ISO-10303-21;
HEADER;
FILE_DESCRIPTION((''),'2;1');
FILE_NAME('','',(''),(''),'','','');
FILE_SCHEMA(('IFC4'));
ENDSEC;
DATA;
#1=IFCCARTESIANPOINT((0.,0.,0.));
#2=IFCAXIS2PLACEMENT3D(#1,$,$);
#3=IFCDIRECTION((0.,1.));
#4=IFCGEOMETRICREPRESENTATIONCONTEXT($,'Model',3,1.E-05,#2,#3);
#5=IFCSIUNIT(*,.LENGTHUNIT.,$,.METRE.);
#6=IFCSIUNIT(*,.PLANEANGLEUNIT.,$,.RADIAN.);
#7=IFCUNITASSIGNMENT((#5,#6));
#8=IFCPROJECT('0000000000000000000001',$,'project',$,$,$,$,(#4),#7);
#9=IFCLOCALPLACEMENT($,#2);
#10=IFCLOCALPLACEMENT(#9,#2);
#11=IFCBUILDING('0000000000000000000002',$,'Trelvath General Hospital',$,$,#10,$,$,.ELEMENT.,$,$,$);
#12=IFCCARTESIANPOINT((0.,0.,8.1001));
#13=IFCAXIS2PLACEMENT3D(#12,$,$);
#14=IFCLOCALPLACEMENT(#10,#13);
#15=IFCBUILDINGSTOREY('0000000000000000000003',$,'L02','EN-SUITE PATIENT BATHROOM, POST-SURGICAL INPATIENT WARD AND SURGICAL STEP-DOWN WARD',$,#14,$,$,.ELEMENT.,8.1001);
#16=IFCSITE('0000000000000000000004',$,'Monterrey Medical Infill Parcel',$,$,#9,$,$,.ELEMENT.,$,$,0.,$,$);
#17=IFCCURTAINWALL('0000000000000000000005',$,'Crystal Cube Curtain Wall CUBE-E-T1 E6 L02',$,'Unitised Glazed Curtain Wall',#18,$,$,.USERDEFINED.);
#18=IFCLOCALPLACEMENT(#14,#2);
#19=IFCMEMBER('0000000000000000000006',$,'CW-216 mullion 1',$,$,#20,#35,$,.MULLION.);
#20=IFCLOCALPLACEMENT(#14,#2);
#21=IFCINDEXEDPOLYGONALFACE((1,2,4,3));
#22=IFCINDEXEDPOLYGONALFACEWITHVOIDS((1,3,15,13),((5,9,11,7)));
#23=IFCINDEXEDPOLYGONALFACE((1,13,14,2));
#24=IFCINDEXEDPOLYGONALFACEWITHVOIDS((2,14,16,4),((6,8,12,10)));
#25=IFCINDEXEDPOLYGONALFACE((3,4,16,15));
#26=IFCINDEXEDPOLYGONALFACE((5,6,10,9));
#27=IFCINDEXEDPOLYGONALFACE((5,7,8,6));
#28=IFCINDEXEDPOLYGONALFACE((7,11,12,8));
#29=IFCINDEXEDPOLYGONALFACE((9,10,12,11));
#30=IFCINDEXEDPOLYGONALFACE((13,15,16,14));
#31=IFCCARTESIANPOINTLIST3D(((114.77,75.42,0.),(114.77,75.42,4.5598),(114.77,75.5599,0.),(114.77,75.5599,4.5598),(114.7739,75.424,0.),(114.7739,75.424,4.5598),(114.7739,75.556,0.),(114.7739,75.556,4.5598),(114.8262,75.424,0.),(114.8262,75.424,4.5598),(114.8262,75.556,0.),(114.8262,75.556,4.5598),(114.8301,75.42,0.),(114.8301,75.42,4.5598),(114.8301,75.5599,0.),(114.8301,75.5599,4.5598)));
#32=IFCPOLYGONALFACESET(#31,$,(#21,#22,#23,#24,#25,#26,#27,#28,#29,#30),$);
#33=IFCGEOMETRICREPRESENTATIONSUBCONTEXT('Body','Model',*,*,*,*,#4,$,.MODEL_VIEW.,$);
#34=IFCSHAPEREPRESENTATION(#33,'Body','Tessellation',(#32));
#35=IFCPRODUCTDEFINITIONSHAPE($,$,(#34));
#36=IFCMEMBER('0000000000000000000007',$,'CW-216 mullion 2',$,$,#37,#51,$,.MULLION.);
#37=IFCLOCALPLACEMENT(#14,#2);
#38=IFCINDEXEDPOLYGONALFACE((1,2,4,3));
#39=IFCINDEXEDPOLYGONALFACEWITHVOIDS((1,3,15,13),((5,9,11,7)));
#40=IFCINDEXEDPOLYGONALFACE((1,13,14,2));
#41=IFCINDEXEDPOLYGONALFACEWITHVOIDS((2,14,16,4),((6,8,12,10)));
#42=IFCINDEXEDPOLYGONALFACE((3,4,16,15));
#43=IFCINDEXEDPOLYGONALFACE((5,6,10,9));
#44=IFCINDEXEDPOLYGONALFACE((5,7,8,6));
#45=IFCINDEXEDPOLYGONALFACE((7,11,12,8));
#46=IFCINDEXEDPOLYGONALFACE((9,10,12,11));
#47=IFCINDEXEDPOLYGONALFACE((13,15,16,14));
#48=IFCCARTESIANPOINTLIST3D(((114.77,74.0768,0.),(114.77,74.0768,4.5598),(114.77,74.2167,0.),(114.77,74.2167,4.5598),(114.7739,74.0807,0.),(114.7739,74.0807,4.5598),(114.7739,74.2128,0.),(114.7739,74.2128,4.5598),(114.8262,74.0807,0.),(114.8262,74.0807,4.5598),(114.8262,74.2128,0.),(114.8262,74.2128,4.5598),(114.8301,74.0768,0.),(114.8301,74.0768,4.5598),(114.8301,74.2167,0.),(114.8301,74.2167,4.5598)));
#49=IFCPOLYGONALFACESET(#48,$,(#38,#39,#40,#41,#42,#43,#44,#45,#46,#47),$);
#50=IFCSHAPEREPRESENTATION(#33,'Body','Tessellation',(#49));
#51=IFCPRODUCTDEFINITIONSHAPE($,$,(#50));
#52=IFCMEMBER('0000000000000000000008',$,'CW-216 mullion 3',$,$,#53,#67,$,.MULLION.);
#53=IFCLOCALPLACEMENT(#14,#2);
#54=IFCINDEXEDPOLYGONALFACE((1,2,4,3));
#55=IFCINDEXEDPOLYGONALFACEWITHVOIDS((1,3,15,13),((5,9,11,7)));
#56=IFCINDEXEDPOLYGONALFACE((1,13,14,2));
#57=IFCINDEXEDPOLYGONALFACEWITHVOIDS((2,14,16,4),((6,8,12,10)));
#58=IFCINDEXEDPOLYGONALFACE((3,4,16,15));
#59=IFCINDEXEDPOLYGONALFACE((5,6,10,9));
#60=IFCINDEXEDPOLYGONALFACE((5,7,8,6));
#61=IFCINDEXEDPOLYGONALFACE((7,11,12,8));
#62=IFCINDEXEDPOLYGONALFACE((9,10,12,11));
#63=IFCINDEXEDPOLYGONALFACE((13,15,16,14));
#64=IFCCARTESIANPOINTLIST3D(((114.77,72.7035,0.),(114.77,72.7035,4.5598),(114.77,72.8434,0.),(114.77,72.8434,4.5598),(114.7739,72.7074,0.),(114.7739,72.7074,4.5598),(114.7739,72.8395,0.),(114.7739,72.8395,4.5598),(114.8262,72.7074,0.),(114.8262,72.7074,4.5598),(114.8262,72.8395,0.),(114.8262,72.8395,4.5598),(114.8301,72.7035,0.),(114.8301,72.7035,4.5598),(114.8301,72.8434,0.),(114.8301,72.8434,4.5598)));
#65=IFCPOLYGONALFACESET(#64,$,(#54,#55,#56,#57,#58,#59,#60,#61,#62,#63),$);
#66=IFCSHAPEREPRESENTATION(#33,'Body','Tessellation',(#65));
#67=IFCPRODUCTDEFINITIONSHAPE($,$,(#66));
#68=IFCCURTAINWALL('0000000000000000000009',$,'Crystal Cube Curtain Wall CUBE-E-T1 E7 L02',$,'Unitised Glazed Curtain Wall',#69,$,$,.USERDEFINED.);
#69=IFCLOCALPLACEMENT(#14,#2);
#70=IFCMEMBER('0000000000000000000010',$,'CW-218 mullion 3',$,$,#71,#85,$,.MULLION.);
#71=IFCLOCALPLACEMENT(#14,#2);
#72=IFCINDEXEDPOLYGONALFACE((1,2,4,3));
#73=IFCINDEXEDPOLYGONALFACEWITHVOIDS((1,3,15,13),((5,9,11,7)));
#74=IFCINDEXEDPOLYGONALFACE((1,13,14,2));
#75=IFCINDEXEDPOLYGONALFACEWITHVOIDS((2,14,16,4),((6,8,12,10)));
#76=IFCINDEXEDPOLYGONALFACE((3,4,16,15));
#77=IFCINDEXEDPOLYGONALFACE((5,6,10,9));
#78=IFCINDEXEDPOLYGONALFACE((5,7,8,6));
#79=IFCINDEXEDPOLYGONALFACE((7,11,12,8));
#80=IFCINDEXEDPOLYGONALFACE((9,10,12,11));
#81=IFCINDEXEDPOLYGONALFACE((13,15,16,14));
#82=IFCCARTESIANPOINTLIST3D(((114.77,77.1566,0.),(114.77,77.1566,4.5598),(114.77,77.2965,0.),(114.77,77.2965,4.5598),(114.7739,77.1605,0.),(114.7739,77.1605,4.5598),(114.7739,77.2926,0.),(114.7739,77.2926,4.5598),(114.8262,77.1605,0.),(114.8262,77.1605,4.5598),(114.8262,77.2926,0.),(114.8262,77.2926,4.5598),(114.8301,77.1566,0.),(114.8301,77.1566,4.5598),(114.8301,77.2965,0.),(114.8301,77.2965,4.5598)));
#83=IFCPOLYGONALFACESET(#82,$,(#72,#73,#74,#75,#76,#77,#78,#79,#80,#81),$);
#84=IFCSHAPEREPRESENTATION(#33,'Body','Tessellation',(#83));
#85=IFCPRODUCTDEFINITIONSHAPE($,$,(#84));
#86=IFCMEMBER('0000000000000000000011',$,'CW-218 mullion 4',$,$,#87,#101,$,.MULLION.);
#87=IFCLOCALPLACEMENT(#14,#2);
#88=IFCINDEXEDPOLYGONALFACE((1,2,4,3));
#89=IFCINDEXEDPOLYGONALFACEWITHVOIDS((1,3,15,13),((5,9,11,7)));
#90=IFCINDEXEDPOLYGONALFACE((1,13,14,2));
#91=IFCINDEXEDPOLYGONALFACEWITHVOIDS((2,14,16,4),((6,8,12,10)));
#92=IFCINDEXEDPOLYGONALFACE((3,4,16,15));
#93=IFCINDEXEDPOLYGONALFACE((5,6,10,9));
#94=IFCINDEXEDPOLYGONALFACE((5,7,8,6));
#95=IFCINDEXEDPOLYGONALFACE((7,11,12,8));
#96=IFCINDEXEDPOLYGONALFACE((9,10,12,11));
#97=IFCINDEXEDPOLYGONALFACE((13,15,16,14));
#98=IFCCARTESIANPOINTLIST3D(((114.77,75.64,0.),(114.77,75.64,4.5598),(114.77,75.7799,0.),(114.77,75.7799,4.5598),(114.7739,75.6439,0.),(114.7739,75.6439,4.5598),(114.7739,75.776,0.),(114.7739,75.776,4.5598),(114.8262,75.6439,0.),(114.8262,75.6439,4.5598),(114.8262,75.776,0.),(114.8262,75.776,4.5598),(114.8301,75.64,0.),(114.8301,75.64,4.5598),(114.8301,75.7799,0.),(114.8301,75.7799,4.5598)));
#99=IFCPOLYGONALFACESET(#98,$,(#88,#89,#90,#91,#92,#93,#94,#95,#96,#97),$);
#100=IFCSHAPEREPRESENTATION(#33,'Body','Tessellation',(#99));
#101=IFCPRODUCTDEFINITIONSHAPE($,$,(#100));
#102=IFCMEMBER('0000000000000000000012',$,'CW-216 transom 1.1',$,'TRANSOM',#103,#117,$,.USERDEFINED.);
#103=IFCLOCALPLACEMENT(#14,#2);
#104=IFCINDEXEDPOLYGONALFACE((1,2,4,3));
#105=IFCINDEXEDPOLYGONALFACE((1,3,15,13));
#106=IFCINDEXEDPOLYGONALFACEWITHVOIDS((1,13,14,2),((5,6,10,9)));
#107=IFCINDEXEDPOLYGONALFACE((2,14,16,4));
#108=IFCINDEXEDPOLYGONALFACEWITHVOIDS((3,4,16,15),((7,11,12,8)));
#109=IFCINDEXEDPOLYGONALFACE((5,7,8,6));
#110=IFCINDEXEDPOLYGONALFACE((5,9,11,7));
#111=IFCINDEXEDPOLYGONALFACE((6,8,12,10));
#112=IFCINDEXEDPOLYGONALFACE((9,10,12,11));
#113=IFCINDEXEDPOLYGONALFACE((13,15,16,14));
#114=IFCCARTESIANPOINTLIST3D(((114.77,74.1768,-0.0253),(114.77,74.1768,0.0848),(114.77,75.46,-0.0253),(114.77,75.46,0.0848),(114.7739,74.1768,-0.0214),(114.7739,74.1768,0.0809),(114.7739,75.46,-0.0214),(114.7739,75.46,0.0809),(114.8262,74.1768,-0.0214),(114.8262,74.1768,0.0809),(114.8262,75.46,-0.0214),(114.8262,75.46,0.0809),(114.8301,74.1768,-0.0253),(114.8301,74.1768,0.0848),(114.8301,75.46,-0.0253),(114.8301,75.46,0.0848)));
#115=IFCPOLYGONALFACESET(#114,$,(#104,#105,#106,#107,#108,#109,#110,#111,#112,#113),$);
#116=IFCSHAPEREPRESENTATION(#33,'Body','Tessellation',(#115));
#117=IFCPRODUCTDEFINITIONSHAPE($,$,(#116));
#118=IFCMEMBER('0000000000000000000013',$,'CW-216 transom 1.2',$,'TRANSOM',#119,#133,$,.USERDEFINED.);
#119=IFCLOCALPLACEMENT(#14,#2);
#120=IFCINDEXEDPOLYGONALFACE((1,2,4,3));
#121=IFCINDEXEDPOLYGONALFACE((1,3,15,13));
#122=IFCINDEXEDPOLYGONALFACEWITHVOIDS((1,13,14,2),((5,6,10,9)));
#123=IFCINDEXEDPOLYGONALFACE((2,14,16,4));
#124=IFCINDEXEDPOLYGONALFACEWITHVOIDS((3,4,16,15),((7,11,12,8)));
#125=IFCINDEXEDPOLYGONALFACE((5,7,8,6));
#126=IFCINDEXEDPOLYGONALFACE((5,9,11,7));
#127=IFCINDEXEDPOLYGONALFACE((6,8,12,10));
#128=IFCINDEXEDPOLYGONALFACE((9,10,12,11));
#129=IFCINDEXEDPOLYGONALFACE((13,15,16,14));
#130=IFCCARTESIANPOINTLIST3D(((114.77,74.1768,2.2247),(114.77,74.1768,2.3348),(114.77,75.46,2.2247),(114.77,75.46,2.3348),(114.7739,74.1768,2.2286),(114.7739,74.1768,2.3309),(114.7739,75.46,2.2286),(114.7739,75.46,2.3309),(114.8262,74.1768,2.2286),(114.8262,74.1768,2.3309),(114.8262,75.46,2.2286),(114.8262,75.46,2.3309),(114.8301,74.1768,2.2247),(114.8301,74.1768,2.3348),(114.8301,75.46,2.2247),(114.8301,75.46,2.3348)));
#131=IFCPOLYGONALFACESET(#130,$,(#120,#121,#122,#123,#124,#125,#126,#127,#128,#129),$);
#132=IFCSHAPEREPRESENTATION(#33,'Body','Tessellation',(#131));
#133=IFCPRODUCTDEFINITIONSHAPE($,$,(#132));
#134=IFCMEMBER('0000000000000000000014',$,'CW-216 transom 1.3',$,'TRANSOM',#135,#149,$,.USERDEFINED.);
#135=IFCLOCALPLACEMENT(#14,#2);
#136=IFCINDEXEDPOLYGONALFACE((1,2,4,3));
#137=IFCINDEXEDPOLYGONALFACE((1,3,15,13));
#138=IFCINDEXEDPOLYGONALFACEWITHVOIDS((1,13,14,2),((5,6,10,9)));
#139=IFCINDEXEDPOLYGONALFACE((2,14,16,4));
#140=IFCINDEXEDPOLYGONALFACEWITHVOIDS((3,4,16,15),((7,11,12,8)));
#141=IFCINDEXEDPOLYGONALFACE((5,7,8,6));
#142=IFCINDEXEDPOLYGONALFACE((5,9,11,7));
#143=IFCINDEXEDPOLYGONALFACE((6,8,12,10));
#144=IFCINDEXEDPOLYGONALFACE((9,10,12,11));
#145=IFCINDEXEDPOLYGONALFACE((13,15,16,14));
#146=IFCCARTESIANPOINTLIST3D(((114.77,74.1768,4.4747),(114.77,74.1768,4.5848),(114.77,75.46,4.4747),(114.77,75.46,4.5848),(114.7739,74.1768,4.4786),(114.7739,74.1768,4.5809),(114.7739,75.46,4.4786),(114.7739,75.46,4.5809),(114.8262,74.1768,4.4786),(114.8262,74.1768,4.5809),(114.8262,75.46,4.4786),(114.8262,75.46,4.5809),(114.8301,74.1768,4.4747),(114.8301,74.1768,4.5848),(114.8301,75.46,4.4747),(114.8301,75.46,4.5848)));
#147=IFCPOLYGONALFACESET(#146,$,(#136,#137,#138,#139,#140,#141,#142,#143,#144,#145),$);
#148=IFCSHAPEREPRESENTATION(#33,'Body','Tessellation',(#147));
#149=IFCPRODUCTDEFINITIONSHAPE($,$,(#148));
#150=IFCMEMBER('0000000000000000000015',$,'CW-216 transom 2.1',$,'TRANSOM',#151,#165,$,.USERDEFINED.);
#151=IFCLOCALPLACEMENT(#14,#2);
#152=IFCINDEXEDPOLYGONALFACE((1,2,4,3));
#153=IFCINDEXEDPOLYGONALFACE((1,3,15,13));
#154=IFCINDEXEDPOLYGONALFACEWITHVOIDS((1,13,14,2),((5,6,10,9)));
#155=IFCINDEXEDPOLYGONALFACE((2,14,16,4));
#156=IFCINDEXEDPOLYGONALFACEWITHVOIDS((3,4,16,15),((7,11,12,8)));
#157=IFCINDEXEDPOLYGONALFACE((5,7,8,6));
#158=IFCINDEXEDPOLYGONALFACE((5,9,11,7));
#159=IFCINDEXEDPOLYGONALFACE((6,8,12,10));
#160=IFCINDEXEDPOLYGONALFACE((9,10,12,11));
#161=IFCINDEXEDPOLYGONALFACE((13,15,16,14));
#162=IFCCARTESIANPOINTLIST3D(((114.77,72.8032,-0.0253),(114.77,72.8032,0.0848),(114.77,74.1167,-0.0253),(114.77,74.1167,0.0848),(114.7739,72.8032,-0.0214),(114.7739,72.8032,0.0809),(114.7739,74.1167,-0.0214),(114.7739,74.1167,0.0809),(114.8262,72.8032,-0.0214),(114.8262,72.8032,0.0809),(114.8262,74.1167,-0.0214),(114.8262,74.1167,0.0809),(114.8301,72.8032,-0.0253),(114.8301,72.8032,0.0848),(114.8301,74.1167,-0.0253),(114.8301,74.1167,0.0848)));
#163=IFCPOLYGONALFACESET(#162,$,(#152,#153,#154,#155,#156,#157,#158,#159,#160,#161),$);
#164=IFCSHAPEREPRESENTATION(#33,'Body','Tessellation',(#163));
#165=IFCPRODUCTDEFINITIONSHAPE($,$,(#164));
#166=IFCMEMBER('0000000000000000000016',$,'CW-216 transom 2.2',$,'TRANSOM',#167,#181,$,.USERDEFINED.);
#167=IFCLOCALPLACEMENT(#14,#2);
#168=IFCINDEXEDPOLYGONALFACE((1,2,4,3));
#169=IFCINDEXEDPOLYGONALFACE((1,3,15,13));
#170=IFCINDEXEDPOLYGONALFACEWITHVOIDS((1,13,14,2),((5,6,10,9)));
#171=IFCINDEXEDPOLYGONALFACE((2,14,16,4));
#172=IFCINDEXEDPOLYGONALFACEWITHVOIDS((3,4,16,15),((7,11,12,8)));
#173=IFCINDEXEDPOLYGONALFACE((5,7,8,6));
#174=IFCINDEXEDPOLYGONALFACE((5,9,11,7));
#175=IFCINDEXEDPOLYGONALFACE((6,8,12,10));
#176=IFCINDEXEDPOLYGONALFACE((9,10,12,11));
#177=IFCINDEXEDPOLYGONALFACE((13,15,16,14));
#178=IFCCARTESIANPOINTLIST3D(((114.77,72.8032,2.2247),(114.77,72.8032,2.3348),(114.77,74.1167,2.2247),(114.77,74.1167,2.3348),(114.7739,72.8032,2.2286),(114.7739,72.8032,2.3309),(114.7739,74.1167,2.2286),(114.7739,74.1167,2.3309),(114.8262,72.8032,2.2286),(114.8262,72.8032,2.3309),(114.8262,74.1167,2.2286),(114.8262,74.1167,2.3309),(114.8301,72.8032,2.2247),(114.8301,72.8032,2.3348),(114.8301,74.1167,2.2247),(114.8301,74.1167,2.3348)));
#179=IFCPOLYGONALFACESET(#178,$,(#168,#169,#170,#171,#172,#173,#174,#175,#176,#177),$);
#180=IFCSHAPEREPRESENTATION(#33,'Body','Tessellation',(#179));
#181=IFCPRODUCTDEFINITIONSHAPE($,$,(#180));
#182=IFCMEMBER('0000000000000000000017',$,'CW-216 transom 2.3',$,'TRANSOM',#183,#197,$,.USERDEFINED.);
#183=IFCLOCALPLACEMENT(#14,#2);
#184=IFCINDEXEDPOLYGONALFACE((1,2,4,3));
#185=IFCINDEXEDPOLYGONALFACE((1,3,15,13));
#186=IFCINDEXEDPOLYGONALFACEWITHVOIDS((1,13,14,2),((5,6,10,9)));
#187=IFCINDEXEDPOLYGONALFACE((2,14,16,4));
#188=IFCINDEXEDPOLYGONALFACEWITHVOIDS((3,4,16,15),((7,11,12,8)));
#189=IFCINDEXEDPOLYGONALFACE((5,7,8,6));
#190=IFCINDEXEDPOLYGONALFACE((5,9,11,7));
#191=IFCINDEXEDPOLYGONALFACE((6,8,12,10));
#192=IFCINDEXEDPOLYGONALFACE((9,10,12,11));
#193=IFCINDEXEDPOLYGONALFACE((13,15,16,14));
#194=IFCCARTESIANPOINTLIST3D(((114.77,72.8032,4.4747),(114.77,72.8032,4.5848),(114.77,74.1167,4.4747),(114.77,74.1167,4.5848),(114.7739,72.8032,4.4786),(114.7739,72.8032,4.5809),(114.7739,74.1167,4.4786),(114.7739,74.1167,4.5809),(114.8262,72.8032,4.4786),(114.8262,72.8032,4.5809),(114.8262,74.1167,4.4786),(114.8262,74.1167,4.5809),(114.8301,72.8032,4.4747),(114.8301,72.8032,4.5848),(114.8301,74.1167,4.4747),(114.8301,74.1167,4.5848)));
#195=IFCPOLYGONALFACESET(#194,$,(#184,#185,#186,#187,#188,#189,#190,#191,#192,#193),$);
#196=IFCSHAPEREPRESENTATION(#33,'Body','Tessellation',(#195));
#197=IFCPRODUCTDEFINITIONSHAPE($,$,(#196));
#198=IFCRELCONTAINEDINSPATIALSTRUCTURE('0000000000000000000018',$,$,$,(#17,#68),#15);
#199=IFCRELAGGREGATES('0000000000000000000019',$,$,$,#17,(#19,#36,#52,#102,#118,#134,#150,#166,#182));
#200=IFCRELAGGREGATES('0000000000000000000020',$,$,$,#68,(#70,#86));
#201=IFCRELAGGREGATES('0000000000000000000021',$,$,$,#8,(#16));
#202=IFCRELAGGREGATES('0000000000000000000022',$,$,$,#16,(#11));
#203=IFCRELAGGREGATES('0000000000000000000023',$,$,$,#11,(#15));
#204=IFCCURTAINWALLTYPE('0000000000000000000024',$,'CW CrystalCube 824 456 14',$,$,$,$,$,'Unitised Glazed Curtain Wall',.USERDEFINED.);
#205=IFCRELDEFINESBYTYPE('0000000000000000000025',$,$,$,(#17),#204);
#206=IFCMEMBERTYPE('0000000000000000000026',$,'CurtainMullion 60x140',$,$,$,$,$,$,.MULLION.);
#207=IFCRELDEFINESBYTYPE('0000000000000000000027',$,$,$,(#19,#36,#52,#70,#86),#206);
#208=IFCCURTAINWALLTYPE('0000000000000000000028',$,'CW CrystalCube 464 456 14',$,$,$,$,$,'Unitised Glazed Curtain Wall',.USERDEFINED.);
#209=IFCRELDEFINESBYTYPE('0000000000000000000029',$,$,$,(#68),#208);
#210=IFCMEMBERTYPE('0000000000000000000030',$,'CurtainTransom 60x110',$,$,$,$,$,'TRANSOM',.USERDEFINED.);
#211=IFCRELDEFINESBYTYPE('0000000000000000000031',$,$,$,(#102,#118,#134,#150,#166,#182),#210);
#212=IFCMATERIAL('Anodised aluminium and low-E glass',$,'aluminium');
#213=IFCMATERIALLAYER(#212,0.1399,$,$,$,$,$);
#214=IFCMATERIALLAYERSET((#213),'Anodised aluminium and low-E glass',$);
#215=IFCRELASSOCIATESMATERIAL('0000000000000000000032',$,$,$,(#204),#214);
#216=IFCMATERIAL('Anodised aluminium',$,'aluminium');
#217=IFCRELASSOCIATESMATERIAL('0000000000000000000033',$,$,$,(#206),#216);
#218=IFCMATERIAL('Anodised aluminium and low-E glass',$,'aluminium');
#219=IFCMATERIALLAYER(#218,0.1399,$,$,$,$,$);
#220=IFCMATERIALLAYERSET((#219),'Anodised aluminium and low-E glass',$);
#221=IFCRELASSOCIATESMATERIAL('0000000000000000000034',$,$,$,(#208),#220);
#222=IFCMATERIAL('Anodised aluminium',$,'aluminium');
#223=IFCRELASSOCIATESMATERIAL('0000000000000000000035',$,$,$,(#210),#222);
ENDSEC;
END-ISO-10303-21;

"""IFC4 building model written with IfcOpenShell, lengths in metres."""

from ifc_helpers import new_model, si_unit, direction, frame, origin, origin_2d, place, context, subcontext, project, spatial, hollow_rectangle, extrude, material, layer, layer_set, material_profile, profile_set, type_object, element, aggregate, save


model = new_model("IFC4")

# Units and contexts
model_context = context("Model", 3, precision=1e-05, world=origin(), true_north=direction((0.0, 1.0)))
body_context = subcontext(model_context, "Body", "Model", "MODEL_VIEW")
ifc_project = project(units=[si_unit("LENGTHUNIT", "METRE"), si_unit("PLANEANGLEUNIT", "RADIAN")], contexts=[model_context])

# Site, building, storey
site_placement = place(None, origin())
site = spatial("IfcSite", under=ifc_project, at=site_placement, Name="Monterrey Medical Infill Parcel", CompositionType="ELEMENT", RefElevation=0.0)
building_placement = place(site_placement, origin())
building = spatial("IfcBuilding", under=site, at=building_placement, Name="Trelvath General Hospital", CompositionType="ELEMENT")
storey_placement = place(building_placement, frame((0.0, 0.0, 8.1001)))
storey = spatial("IfcBuildingStorey", under=building, at=storey_placement, Name="L02", Description="EN-SUITE PATIENT BATHROOM, POST-SURGICAL INPATIENT WARD AND SURGICAL STEP-DOWN WARD", CompositionType="ELEMENT", Elevation=8.1001)

# Curtain walls, members
ifc_material_1 = material(Name="Anodised aluminium and low-E glass", Category="aluminium")
ifc_layer_1 = layer(ifc_material_1, 0.1399)
ifc_layer_set_1 = layer_set([ifc_layer_1], Name="Anodised aluminium and low-E glass")
curtain_wall_type_1 = type_object("IfcCurtainWallType", Name="CW CrystalCube 824 456 14", ElementType="Unitised Glazed Curtain Wall", PredefinedType="USERDEFINED", material=ifc_layer_set_1)
curtain_wall_1_placement = place(storey_placement, origin())
curtain_wall_1 = element("IfcCurtainWall", 1, at=curtain_wall_1_placement, inside=storey, type_object=curtain_wall_type_1, Name="Crystal Cube Curtain Wall CUBE-E-T1 E6 L02", ObjectType="Unitised Glazed Curtain Wall", PredefinedType="USERDEFINED")
ifc_material_2 = material(Name="Anodised aluminium", Category="aluminium")
ifc_material_profile_1 = material_profile(ifc_material_2, hollow_rectangle(XDim=0.0601, YDim=0.1399, WallThickness=0.0039, at=origin_2d()), Name="RHS60x140x4")
ifc_profile_set_1 = profile_set([ifc_material_profile_1], Name="Anodised aluminium")
member_type_1 = type_object("IfcMemberType", Name="CurtainMullion 60x140", PredefinedType="MULLION", material=ifc_profile_set_1)
member_1_placement = place(storey_placement, frame((114.8, 75.49, 0.0), z_axis=(0.0, 0.0, 1.0), x_axis=(1.0, 0.0, 0.0)))
member_1 = element("IfcMember", 2, at=member_1_placement, type_object=member_type_1, Name="CW-216 mullion 1", PredefinedType="MULLION", context=body_context, shape_type="SweptSolid", body=[
    extrude(hollow_rectangle(XDim=0.0601, YDim=0.1399, WallThickness=0.0039, at=origin_2d()), origin(), (0.0, 0.0, 1.0), 4.5598),
])
member_2_placement = place(storey_placement, frame((114.8, 74.1467, 0.0), z_axis=(0.0, 0.0, 1.0), x_axis=(1.0, 0.0, 0.0)))
member_2 = element("IfcMember", 3, at=member_2_placement, type_object=member_type_1, Name="CW-216 mullion 2", PredefinedType="MULLION", context=body_context, shape_type="SweptSolid", body=[
    extrude(hollow_rectangle(XDim=0.0601, YDim=0.1399, WallThickness=0.0039, at=origin_2d()), origin(), (0.0, 0.0, 1.0), 4.5598),
])
member_3_placement = place(storey_placement, frame((114.8, 72.7734, 0.0), z_axis=(0.0, 0.0, 1.0), x_axis=(1.0, 0.0, 0.0)))
member_3 = element("IfcMember", 4, at=member_3_placement, type_object=member_type_1, Name="CW-216 mullion 3", PredefinedType="MULLION", context=body_context, shape_type="SweptSolid", body=[
    extrude(hollow_rectangle(XDim=0.0601, YDim=0.1399, WallThickness=0.0039, at=origin_2d()), origin(), (0.0, 0.0, 1.0), 4.5598),
])
ifc_material_3 = material(Name="Anodised aluminium and low-E glass", Category="aluminium")
ifc_layer_2 = layer(ifc_material_3, 0.1399)
ifc_layer_set_2 = layer_set([ifc_layer_2], Name="Anodised aluminium and low-E glass")
curtain_wall_type_2 = type_object("IfcCurtainWallType", Name="CW CrystalCube 464 456 14", ElementType="Unitised Glazed Curtain Wall", PredefinedType="USERDEFINED", material=ifc_layer_set_2)
curtain_wall_2_placement = place(storey_placement, origin())
curtain_wall_2 = element("IfcCurtainWall", 5, at=curtain_wall_2_placement, inside=storey, type_object=curtain_wall_type_2, Name="Crystal Cube Curtain Wall CUBE-E-T1 E7 L02", ObjectType="Unitised Glazed Curtain Wall", PredefinedType="USERDEFINED")
member_4_placement = place(storey_placement, frame((114.8, 77.2266, 0.0), z_axis=(0.0, 0.0, 1.0), x_axis=(1.0, 0.0, 0.0)))
member_4 = element("IfcMember", 6, at=member_4_placement, type_object=member_type_1, Name="CW-218 mullion 3", PredefinedType="MULLION", context=body_context, shape_type="SweptSolid", body=[
    extrude(hollow_rectangle(XDim=0.0601, YDim=0.1399, WallThickness=0.0039, at=origin_2d()), origin(), (0.0, 0.0, 1.0), 4.5598),
])
member_5_placement = place(storey_placement, frame((114.8, 75.71, 0.0), z_axis=(0.0, 0.0, 1.0), x_axis=(1.0, 0.0, 0.0)))
member_5 = element("IfcMember", 7, at=member_5_placement, type_object=member_type_1, Name="CW-218 mullion 4", PredefinedType="MULLION", context=body_context, shape_type="SweptSolid", body=[
    extrude(hollow_rectangle(XDim=0.0601, YDim=0.1399, WallThickness=0.0039, at=origin_2d()), origin(), (0.0, 0.0, 1.0), 4.5598),
])

# Members
ifc_material_4 = material(Name="Anodised aluminium", Category="aluminium")
ifc_material_profile_2 = material_profile(ifc_material_4, hollow_rectangle(XDim=0.0601, YDim=0.1101, WallThickness=0.0039, at=origin_2d()), Name="RHS60x110x4")
ifc_profile_set_2 = profile_set([ifc_material_profile_2], Name="Anodised aluminium")
member_type_2 = type_object("IfcMemberType", Name="CurtainTransom 60x110", ElementType="TRANSOM", PredefinedType="USERDEFINED", material=ifc_profile_set_2)
member_6_placement = place(storey_placement, frame((114.8, 75.46, 0.0298), z_axis=(0.0, -1.0, 0.0), x_axis=(1.0, 0.0, 0.0)))
member_6 = element("IfcMember", 8, at=member_6_placement, type_object=member_type_2, Name="CW-216 transom 1.1", ObjectType="TRANSOM", PredefinedType="USERDEFINED", context=body_context, shape_type="SweptSolid", body=[
    extrude(hollow_rectangle(XDim=0.0601, YDim=0.1101, WallThickness=0.0039, at=origin_2d()), origin(), (0.0, 0.0, 1.0), 1.2832),
])
member_7_placement = place(storey_placement, frame((114.8, 75.46, 2.2798), z_axis=(0.0, -1.0, 0.0), x_axis=(1.0, 0.0, 0.0)))
member_7 = element("IfcMember", 9, at=member_7_placement, type_object=member_type_2, Name="CW-216 transom 1.2", ObjectType="TRANSOM", PredefinedType="USERDEFINED", context=body_context, shape_type="SweptSolid", body=[
    extrude(hollow_rectangle(XDim=0.0601, YDim=0.1101, WallThickness=0.0039, at=origin_2d()), origin(), (0.0, 0.0, 1.0), 1.2832),
])
member_8_placement = place(storey_placement, frame((114.8, 75.46, 4.5298), z_axis=(0.0, -1.0, 0.0), x_axis=(1.0, 0.0, 0.0)))
member_8 = element("IfcMember", 10, at=member_8_placement, type_object=member_type_2, Name="CW-216 transom 1.3", ObjectType="TRANSOM", PredefinedType="USERDEFINED", context=body_context, shape_type="SweptSolid", body=[
    extrude(hollow_rectangle(XDim=0.0601, YDim=0.1101, WallThickness=0.0039, at=origin_2d()), origin(), (0.0, 0.0, 1.0), 1.2832),
])
member_9_placement = place(storey_placement, frame((114.8, 74.1167, 0.0298), z_axis=(0.0, -1.0, 0.0), x_axis=(1.0, 0.0, 0.0)))
member_9 = element("IfcMember", 11, at=member_9_placement, type_object=member_type_2, Name="CW-216 transom 2.1", ObjectType="TRANSOM", PredefinedType="USERDEFINED", context=body_context, shape_type="SweptSolid", body=[
    extrude(hollow_rectangle(XDim=0.0601, YDim=0.1101, WallThickness=0.0039, at=origin_2d()), origin(), (0.0, 0.0, 1.0), 1.3135),
])
member_10_placement = place(storey_placement, frame((114.8, 74.1167, 2.2798), z_axis=(0.0, -1.0, 0.0), x_axis=(1.0, 0.0, 0.0)))
member_10 = element("IfcMember", 12, at=member_10_placement, type_object=member_type_2, Name="CW-216 transom 2.2", ObjectType="TRANSOM", PredefinedType="USERDEFINED", context=body_context, shape_type="SweptSolid", body=[
    extrude(hollow_rectangle(XDim=0.0601, YDim=0.1101, WallThickness=0.0039, at=origin_2d()), origin(), (0.0, 0.0, 1.0), 1.3135),
])
member_11_placement = place(storey_placement, frame((114.8, 74.1167, 4.5298), z_axis=(0.0, -1.0, 0.0), x_axis=(1.0, 0.0, 0.0)))
member_11 = element("IfcMember", 13, at=member_11_placement, type_object=member_type_2, Name="CW-216 transom 2.3", ObjectType="TRANSOM", PredefinedType="USERDEFINED", context=body_context, shape_type="SweptSolid", body=[
    extrude(hollow_rectangle(XDim=0.0601, YDim=0.1101, WallThickness=0.0039, at=origin_2d()), origin(), (0.0, 0.0, 1.0), 1.3135),
])

aggregate(curtain_wall_1, [member_1, member_2, member_3, member_6, member_7, member_8, member_9, member_10, member_11])
aggregate(curtain_wall_2, [member_4, member_5])

save(model, "model.ifc")
